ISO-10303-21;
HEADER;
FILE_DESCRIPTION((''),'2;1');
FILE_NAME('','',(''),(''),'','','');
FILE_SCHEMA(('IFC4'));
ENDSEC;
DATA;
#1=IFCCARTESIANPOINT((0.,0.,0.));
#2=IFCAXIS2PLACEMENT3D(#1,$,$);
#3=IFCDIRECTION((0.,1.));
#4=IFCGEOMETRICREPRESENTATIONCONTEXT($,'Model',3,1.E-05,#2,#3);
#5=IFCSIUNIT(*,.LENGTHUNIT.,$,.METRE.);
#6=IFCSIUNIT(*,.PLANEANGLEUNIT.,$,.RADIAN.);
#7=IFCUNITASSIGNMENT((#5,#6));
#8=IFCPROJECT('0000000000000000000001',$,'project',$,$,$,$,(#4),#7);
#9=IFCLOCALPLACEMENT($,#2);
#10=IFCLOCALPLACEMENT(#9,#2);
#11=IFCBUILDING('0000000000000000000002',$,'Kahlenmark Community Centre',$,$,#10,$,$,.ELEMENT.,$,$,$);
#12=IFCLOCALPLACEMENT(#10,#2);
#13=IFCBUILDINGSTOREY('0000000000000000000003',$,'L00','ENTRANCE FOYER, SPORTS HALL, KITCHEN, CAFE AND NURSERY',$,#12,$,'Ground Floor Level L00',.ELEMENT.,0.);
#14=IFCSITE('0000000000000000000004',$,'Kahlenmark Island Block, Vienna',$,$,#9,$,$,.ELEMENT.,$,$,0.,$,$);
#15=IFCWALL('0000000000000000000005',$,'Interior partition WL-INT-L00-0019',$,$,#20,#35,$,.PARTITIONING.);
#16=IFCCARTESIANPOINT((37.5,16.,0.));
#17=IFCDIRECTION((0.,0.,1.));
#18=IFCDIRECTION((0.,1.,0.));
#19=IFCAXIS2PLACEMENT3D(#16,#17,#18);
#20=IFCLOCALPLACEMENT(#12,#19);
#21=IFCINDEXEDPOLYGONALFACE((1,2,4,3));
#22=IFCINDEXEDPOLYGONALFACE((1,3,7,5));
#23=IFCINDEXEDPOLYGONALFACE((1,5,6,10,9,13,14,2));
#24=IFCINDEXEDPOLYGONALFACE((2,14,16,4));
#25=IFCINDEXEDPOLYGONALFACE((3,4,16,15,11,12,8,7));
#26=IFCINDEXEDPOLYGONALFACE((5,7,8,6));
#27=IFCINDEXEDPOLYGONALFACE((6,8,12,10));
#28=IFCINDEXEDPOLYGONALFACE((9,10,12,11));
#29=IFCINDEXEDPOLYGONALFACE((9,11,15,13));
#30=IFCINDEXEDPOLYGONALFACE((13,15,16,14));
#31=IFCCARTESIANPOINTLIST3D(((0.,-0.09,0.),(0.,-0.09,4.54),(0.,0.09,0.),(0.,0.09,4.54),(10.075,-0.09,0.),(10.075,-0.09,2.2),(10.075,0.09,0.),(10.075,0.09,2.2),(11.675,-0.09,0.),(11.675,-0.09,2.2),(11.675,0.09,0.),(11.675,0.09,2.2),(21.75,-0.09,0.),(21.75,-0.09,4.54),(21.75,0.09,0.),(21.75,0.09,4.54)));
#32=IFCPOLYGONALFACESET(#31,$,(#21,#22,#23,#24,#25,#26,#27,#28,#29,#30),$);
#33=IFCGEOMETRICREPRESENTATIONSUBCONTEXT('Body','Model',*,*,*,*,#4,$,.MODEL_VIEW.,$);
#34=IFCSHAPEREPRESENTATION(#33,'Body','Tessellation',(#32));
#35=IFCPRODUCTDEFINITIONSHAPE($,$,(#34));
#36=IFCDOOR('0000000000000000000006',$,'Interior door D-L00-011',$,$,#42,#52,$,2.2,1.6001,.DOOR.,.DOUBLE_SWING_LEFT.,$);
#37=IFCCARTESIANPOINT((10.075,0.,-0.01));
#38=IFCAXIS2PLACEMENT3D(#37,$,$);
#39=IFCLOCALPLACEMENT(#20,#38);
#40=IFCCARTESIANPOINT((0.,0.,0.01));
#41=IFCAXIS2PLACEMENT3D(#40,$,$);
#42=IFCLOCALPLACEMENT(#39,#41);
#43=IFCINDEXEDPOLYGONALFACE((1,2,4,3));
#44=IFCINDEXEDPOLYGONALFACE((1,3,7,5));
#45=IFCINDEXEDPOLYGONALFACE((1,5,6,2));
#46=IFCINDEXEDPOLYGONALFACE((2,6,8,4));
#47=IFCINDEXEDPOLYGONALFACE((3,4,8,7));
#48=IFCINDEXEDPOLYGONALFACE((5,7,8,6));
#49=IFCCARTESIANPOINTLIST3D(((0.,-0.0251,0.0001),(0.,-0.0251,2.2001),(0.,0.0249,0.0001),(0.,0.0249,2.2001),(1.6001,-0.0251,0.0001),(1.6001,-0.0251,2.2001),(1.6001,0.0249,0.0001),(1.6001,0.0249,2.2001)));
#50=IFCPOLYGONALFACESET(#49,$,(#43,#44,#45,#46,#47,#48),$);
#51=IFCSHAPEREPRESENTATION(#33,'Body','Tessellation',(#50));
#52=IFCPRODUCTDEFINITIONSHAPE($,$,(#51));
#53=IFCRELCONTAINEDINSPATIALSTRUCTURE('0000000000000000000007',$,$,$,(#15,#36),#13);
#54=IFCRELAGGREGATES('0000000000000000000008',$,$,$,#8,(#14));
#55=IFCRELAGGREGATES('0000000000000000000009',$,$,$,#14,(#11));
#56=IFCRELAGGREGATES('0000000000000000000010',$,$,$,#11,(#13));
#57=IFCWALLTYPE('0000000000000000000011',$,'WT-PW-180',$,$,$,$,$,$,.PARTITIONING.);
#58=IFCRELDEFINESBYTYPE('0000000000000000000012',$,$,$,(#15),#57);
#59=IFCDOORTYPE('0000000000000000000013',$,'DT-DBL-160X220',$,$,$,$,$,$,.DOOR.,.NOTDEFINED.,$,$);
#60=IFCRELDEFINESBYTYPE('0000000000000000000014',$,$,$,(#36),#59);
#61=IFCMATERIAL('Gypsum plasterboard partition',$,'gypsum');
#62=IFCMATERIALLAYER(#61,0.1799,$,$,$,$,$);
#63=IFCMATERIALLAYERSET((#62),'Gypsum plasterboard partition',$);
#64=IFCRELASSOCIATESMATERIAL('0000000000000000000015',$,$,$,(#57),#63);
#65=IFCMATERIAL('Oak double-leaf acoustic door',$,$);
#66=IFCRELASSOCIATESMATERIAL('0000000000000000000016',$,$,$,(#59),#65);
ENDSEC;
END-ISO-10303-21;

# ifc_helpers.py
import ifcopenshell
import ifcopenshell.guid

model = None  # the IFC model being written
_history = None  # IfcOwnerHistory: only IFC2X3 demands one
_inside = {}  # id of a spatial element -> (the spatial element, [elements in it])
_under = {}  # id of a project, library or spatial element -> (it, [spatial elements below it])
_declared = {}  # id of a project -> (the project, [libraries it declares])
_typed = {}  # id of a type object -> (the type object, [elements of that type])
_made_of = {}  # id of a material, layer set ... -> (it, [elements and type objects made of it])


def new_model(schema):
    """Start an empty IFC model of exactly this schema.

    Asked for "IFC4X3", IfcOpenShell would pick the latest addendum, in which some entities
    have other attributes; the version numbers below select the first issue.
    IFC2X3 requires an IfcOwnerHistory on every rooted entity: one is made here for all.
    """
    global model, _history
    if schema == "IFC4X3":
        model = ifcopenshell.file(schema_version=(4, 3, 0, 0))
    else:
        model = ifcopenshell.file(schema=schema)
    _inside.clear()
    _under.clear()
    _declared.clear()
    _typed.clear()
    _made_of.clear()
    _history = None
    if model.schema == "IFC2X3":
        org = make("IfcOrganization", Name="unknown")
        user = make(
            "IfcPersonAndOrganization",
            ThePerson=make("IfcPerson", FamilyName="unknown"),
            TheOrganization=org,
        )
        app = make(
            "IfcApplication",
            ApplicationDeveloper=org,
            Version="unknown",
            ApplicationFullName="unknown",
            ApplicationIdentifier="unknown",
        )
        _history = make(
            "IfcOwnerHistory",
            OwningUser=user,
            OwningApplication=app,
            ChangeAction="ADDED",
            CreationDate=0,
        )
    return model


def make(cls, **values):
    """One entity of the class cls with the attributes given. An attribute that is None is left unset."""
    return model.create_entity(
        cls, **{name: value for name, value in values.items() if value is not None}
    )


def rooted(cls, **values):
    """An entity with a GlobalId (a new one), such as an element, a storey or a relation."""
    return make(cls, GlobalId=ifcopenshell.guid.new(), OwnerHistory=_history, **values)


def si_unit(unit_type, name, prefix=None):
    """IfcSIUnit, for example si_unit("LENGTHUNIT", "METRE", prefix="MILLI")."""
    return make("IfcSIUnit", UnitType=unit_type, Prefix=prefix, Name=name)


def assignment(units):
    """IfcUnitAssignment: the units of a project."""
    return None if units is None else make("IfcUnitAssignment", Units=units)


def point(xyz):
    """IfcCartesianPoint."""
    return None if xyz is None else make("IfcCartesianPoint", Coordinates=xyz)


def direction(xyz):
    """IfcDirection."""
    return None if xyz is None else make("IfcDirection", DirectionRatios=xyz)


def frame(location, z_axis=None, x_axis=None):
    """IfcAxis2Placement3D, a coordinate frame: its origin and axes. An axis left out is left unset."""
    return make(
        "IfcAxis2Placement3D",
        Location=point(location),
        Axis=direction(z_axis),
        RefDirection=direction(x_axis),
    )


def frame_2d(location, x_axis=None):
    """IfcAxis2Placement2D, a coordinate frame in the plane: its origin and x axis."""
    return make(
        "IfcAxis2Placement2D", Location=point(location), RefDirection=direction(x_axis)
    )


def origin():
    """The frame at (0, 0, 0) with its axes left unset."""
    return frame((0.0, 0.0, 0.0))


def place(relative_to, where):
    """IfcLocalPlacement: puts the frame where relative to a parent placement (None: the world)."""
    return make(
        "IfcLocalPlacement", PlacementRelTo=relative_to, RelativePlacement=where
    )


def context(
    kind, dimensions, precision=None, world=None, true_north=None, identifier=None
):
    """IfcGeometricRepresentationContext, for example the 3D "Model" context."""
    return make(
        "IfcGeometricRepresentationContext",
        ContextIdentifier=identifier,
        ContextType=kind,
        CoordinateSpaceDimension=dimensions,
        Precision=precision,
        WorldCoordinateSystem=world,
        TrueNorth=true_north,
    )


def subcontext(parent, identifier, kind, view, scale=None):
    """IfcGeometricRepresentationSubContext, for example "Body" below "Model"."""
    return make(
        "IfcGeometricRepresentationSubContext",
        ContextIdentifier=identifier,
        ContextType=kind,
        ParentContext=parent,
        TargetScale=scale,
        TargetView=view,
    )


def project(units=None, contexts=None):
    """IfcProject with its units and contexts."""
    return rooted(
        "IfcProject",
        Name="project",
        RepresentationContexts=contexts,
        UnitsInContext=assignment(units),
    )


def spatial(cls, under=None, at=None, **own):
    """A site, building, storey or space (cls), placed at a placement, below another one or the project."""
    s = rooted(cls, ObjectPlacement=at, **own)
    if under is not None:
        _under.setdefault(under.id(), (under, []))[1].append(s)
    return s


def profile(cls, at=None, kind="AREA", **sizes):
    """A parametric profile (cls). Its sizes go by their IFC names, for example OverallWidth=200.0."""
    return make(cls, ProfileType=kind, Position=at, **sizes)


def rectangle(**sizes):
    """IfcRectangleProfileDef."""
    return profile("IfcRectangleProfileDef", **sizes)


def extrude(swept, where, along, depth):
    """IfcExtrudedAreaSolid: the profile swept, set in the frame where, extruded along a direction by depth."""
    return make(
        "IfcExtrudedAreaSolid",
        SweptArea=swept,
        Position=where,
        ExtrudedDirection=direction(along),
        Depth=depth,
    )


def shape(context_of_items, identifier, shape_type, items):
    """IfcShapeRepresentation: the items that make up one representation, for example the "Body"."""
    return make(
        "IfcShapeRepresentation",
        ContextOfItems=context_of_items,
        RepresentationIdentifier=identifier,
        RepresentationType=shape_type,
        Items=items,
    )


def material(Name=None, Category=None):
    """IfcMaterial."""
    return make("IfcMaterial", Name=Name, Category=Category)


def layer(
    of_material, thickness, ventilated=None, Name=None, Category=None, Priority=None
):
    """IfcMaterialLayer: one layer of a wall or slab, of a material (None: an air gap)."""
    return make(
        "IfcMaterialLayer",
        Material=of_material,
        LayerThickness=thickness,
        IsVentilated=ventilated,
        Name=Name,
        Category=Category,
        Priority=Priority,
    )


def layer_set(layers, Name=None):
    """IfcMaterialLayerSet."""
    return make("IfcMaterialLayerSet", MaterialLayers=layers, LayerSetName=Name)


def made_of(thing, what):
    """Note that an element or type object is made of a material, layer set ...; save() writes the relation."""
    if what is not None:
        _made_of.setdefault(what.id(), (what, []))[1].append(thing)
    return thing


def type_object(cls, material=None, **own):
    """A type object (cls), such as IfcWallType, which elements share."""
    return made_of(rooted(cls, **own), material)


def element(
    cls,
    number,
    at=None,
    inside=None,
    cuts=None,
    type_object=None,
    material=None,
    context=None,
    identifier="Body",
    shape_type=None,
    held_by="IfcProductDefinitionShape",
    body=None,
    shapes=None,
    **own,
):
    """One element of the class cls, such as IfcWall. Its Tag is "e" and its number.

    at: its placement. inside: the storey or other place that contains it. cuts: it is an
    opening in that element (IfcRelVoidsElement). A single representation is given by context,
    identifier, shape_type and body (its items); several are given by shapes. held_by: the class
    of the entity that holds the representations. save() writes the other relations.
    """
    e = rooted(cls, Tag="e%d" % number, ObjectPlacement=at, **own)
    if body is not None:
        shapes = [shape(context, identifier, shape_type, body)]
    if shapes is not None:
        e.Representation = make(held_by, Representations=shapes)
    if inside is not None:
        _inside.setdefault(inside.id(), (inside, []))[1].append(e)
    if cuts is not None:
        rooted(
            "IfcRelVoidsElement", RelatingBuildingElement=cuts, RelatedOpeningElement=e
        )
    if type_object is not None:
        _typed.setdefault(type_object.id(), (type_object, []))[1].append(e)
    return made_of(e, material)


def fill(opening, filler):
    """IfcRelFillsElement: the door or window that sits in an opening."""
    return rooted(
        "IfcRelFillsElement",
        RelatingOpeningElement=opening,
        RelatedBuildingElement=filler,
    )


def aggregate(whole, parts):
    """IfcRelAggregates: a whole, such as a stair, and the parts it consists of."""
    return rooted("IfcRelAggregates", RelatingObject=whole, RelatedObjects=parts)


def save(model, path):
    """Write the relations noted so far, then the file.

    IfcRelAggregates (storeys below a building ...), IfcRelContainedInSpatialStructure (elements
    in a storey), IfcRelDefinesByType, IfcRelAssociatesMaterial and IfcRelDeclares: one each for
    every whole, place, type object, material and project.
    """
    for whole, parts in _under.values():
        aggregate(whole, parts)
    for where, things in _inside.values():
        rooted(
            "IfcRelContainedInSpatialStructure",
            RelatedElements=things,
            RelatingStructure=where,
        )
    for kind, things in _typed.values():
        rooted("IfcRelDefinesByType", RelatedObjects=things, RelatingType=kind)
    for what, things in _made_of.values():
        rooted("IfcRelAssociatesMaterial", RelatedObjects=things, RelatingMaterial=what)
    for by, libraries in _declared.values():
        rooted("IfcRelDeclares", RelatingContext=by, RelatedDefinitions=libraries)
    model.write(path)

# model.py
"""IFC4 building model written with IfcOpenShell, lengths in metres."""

from ifc_helpers import new_model, si_unit, direction, frame, frame_2d, origin, place, context, subcontext, project, spatial, rectangle, extrude, material, layer, layer_set, type_object, element, fill, save


model = new_model("IFC4")

# Units and contexts
model_context = context("Model", 3, precision=1e-05, world=origin(), true_north=direction((0.0, 1.0)))
body_context = subcontext(model_context, "Body", "Model", "MODEL_VIEW")
ifc_project = project(units=[si_unit("LENGTHUNIT", "METRE"), si_unit("PLANEANGLEUNIT", "RADIAN")], contexts=[model_context])

# Site, building, storey
site_placement = place(None, origin())
site = spatial("IfcSite", under=ifc_project, at=site_placement, Name="Kahlenmark Island Block, Vienna", CompositionType="ELEMENT", RefElevation=0.0)
building_placement = place(site_placement, origin())
building = spatial("IfcBuilding", under=site, at=building_placement, Name="Kahlenmark Community Centre", CompositionType="ELEMENT")
storey_placement = place(building_placement, origin())
storey = spatial("IfcBuildingStorey", under=building, at=storey_placement, Name="L00", Description="ENTRANCE FOYER, SPORTS HALL, KITCHEN, CAFE AND NURSERY", LongName="Ground Floor Level L00", CompositionType="ELEMENT", Elevation=0.0)

# Wall, opening, door
ifc_material_1 = material(Name="Gypsum plasterboard partition", Category="gypsum")
ifc_layer_1 = layer(ifc_material_1, 0.1799)
ifc_layer_set_1 = layer_set([ifc_layer_1], Name="Gypsum plasterboard partition")
wall_type_1 = type_object("IfcWallType", Name="WT-PW-180", PredefinedType="PARTITIONING", material=ifc_layer_set_1)
wall_1_placement = place(storey_placement, frame((37.5, 16.0, 0.0), z_axis=(0.0, 0.0, 1.0), x_axis=(0.0, 1.0, 0.0)))
wall_1 = element("IfcWall", 1, at=wall_1_placement, inside=storey, type_object=wall_type_1, Name="Interior partition WL-INT-L00-0019", PredefinedType="PARTITIONING", context=body_context, shape_type="SweptSolid", body=[
    extrude(rectangle(XDim=21.75, YDim=0.1799, at=frame_2d((10.875, 0.0))), origin(), (0.0, 0.0, 1.0), 4.54),
])
opening_1_placement = place(wall_1_placement, frame((10.075, 0.0, -0.01)))
opening_1 = element("IfcOpeningElement", 2, at=opening_1_placement, cuts=wall_1, PredefinedType="OPENING", context=body_context, shape_type="SweptSolid", body=[
    extrude(rectangle(XDim=1.6001, YDim=2.21, at=frame_2d((0.8, 1.105))), frame((0.0, 0.0999, 0.0), z_axis=(0.0, -1.0, 0.0), x_axis=(1.0, 0.0, 0.0)), (0.0, 0.0, 1.0), 0.2),
])
ifc_material_2 = material(Name="Oak double-leaf acoustic door")
door_type_1 = type_object("IfcDoorType", Name="DT-DBL-160X220", OperationType="NOTDEFINED", PredefinedType="DOOR", material=ifc_material_2)
door_1_placement = place(opening_1_placement, frame((0.0, 0.0, 0.01)))
door_1 = element("IfcDoor", 3, at=door_1_placement, inside=storey, type_object=door_type_1, Name="Interior door D-L00-011", OperationType="DOUBLE_SWING_LEFT", OverallHeight=2.2, OverallWidth=1.6001, PredefinedType="DOOR", context=body_context, shape_type="SweptSolid", body=[
    extrude(rectangle(XDim=1.6001, YDim=2.2, at=frame_2d((0.8, 1.1001))), frame((0.0, 0.0249, 0.0), z_axis=(0.0, -1.0, 0.0), x_axis=(1.0, 0.0, 0.0)), (0.0, 0.0, 1.0), 0.05),
])
fill(opening_1, door_1)

save(model, "model.ifc")
